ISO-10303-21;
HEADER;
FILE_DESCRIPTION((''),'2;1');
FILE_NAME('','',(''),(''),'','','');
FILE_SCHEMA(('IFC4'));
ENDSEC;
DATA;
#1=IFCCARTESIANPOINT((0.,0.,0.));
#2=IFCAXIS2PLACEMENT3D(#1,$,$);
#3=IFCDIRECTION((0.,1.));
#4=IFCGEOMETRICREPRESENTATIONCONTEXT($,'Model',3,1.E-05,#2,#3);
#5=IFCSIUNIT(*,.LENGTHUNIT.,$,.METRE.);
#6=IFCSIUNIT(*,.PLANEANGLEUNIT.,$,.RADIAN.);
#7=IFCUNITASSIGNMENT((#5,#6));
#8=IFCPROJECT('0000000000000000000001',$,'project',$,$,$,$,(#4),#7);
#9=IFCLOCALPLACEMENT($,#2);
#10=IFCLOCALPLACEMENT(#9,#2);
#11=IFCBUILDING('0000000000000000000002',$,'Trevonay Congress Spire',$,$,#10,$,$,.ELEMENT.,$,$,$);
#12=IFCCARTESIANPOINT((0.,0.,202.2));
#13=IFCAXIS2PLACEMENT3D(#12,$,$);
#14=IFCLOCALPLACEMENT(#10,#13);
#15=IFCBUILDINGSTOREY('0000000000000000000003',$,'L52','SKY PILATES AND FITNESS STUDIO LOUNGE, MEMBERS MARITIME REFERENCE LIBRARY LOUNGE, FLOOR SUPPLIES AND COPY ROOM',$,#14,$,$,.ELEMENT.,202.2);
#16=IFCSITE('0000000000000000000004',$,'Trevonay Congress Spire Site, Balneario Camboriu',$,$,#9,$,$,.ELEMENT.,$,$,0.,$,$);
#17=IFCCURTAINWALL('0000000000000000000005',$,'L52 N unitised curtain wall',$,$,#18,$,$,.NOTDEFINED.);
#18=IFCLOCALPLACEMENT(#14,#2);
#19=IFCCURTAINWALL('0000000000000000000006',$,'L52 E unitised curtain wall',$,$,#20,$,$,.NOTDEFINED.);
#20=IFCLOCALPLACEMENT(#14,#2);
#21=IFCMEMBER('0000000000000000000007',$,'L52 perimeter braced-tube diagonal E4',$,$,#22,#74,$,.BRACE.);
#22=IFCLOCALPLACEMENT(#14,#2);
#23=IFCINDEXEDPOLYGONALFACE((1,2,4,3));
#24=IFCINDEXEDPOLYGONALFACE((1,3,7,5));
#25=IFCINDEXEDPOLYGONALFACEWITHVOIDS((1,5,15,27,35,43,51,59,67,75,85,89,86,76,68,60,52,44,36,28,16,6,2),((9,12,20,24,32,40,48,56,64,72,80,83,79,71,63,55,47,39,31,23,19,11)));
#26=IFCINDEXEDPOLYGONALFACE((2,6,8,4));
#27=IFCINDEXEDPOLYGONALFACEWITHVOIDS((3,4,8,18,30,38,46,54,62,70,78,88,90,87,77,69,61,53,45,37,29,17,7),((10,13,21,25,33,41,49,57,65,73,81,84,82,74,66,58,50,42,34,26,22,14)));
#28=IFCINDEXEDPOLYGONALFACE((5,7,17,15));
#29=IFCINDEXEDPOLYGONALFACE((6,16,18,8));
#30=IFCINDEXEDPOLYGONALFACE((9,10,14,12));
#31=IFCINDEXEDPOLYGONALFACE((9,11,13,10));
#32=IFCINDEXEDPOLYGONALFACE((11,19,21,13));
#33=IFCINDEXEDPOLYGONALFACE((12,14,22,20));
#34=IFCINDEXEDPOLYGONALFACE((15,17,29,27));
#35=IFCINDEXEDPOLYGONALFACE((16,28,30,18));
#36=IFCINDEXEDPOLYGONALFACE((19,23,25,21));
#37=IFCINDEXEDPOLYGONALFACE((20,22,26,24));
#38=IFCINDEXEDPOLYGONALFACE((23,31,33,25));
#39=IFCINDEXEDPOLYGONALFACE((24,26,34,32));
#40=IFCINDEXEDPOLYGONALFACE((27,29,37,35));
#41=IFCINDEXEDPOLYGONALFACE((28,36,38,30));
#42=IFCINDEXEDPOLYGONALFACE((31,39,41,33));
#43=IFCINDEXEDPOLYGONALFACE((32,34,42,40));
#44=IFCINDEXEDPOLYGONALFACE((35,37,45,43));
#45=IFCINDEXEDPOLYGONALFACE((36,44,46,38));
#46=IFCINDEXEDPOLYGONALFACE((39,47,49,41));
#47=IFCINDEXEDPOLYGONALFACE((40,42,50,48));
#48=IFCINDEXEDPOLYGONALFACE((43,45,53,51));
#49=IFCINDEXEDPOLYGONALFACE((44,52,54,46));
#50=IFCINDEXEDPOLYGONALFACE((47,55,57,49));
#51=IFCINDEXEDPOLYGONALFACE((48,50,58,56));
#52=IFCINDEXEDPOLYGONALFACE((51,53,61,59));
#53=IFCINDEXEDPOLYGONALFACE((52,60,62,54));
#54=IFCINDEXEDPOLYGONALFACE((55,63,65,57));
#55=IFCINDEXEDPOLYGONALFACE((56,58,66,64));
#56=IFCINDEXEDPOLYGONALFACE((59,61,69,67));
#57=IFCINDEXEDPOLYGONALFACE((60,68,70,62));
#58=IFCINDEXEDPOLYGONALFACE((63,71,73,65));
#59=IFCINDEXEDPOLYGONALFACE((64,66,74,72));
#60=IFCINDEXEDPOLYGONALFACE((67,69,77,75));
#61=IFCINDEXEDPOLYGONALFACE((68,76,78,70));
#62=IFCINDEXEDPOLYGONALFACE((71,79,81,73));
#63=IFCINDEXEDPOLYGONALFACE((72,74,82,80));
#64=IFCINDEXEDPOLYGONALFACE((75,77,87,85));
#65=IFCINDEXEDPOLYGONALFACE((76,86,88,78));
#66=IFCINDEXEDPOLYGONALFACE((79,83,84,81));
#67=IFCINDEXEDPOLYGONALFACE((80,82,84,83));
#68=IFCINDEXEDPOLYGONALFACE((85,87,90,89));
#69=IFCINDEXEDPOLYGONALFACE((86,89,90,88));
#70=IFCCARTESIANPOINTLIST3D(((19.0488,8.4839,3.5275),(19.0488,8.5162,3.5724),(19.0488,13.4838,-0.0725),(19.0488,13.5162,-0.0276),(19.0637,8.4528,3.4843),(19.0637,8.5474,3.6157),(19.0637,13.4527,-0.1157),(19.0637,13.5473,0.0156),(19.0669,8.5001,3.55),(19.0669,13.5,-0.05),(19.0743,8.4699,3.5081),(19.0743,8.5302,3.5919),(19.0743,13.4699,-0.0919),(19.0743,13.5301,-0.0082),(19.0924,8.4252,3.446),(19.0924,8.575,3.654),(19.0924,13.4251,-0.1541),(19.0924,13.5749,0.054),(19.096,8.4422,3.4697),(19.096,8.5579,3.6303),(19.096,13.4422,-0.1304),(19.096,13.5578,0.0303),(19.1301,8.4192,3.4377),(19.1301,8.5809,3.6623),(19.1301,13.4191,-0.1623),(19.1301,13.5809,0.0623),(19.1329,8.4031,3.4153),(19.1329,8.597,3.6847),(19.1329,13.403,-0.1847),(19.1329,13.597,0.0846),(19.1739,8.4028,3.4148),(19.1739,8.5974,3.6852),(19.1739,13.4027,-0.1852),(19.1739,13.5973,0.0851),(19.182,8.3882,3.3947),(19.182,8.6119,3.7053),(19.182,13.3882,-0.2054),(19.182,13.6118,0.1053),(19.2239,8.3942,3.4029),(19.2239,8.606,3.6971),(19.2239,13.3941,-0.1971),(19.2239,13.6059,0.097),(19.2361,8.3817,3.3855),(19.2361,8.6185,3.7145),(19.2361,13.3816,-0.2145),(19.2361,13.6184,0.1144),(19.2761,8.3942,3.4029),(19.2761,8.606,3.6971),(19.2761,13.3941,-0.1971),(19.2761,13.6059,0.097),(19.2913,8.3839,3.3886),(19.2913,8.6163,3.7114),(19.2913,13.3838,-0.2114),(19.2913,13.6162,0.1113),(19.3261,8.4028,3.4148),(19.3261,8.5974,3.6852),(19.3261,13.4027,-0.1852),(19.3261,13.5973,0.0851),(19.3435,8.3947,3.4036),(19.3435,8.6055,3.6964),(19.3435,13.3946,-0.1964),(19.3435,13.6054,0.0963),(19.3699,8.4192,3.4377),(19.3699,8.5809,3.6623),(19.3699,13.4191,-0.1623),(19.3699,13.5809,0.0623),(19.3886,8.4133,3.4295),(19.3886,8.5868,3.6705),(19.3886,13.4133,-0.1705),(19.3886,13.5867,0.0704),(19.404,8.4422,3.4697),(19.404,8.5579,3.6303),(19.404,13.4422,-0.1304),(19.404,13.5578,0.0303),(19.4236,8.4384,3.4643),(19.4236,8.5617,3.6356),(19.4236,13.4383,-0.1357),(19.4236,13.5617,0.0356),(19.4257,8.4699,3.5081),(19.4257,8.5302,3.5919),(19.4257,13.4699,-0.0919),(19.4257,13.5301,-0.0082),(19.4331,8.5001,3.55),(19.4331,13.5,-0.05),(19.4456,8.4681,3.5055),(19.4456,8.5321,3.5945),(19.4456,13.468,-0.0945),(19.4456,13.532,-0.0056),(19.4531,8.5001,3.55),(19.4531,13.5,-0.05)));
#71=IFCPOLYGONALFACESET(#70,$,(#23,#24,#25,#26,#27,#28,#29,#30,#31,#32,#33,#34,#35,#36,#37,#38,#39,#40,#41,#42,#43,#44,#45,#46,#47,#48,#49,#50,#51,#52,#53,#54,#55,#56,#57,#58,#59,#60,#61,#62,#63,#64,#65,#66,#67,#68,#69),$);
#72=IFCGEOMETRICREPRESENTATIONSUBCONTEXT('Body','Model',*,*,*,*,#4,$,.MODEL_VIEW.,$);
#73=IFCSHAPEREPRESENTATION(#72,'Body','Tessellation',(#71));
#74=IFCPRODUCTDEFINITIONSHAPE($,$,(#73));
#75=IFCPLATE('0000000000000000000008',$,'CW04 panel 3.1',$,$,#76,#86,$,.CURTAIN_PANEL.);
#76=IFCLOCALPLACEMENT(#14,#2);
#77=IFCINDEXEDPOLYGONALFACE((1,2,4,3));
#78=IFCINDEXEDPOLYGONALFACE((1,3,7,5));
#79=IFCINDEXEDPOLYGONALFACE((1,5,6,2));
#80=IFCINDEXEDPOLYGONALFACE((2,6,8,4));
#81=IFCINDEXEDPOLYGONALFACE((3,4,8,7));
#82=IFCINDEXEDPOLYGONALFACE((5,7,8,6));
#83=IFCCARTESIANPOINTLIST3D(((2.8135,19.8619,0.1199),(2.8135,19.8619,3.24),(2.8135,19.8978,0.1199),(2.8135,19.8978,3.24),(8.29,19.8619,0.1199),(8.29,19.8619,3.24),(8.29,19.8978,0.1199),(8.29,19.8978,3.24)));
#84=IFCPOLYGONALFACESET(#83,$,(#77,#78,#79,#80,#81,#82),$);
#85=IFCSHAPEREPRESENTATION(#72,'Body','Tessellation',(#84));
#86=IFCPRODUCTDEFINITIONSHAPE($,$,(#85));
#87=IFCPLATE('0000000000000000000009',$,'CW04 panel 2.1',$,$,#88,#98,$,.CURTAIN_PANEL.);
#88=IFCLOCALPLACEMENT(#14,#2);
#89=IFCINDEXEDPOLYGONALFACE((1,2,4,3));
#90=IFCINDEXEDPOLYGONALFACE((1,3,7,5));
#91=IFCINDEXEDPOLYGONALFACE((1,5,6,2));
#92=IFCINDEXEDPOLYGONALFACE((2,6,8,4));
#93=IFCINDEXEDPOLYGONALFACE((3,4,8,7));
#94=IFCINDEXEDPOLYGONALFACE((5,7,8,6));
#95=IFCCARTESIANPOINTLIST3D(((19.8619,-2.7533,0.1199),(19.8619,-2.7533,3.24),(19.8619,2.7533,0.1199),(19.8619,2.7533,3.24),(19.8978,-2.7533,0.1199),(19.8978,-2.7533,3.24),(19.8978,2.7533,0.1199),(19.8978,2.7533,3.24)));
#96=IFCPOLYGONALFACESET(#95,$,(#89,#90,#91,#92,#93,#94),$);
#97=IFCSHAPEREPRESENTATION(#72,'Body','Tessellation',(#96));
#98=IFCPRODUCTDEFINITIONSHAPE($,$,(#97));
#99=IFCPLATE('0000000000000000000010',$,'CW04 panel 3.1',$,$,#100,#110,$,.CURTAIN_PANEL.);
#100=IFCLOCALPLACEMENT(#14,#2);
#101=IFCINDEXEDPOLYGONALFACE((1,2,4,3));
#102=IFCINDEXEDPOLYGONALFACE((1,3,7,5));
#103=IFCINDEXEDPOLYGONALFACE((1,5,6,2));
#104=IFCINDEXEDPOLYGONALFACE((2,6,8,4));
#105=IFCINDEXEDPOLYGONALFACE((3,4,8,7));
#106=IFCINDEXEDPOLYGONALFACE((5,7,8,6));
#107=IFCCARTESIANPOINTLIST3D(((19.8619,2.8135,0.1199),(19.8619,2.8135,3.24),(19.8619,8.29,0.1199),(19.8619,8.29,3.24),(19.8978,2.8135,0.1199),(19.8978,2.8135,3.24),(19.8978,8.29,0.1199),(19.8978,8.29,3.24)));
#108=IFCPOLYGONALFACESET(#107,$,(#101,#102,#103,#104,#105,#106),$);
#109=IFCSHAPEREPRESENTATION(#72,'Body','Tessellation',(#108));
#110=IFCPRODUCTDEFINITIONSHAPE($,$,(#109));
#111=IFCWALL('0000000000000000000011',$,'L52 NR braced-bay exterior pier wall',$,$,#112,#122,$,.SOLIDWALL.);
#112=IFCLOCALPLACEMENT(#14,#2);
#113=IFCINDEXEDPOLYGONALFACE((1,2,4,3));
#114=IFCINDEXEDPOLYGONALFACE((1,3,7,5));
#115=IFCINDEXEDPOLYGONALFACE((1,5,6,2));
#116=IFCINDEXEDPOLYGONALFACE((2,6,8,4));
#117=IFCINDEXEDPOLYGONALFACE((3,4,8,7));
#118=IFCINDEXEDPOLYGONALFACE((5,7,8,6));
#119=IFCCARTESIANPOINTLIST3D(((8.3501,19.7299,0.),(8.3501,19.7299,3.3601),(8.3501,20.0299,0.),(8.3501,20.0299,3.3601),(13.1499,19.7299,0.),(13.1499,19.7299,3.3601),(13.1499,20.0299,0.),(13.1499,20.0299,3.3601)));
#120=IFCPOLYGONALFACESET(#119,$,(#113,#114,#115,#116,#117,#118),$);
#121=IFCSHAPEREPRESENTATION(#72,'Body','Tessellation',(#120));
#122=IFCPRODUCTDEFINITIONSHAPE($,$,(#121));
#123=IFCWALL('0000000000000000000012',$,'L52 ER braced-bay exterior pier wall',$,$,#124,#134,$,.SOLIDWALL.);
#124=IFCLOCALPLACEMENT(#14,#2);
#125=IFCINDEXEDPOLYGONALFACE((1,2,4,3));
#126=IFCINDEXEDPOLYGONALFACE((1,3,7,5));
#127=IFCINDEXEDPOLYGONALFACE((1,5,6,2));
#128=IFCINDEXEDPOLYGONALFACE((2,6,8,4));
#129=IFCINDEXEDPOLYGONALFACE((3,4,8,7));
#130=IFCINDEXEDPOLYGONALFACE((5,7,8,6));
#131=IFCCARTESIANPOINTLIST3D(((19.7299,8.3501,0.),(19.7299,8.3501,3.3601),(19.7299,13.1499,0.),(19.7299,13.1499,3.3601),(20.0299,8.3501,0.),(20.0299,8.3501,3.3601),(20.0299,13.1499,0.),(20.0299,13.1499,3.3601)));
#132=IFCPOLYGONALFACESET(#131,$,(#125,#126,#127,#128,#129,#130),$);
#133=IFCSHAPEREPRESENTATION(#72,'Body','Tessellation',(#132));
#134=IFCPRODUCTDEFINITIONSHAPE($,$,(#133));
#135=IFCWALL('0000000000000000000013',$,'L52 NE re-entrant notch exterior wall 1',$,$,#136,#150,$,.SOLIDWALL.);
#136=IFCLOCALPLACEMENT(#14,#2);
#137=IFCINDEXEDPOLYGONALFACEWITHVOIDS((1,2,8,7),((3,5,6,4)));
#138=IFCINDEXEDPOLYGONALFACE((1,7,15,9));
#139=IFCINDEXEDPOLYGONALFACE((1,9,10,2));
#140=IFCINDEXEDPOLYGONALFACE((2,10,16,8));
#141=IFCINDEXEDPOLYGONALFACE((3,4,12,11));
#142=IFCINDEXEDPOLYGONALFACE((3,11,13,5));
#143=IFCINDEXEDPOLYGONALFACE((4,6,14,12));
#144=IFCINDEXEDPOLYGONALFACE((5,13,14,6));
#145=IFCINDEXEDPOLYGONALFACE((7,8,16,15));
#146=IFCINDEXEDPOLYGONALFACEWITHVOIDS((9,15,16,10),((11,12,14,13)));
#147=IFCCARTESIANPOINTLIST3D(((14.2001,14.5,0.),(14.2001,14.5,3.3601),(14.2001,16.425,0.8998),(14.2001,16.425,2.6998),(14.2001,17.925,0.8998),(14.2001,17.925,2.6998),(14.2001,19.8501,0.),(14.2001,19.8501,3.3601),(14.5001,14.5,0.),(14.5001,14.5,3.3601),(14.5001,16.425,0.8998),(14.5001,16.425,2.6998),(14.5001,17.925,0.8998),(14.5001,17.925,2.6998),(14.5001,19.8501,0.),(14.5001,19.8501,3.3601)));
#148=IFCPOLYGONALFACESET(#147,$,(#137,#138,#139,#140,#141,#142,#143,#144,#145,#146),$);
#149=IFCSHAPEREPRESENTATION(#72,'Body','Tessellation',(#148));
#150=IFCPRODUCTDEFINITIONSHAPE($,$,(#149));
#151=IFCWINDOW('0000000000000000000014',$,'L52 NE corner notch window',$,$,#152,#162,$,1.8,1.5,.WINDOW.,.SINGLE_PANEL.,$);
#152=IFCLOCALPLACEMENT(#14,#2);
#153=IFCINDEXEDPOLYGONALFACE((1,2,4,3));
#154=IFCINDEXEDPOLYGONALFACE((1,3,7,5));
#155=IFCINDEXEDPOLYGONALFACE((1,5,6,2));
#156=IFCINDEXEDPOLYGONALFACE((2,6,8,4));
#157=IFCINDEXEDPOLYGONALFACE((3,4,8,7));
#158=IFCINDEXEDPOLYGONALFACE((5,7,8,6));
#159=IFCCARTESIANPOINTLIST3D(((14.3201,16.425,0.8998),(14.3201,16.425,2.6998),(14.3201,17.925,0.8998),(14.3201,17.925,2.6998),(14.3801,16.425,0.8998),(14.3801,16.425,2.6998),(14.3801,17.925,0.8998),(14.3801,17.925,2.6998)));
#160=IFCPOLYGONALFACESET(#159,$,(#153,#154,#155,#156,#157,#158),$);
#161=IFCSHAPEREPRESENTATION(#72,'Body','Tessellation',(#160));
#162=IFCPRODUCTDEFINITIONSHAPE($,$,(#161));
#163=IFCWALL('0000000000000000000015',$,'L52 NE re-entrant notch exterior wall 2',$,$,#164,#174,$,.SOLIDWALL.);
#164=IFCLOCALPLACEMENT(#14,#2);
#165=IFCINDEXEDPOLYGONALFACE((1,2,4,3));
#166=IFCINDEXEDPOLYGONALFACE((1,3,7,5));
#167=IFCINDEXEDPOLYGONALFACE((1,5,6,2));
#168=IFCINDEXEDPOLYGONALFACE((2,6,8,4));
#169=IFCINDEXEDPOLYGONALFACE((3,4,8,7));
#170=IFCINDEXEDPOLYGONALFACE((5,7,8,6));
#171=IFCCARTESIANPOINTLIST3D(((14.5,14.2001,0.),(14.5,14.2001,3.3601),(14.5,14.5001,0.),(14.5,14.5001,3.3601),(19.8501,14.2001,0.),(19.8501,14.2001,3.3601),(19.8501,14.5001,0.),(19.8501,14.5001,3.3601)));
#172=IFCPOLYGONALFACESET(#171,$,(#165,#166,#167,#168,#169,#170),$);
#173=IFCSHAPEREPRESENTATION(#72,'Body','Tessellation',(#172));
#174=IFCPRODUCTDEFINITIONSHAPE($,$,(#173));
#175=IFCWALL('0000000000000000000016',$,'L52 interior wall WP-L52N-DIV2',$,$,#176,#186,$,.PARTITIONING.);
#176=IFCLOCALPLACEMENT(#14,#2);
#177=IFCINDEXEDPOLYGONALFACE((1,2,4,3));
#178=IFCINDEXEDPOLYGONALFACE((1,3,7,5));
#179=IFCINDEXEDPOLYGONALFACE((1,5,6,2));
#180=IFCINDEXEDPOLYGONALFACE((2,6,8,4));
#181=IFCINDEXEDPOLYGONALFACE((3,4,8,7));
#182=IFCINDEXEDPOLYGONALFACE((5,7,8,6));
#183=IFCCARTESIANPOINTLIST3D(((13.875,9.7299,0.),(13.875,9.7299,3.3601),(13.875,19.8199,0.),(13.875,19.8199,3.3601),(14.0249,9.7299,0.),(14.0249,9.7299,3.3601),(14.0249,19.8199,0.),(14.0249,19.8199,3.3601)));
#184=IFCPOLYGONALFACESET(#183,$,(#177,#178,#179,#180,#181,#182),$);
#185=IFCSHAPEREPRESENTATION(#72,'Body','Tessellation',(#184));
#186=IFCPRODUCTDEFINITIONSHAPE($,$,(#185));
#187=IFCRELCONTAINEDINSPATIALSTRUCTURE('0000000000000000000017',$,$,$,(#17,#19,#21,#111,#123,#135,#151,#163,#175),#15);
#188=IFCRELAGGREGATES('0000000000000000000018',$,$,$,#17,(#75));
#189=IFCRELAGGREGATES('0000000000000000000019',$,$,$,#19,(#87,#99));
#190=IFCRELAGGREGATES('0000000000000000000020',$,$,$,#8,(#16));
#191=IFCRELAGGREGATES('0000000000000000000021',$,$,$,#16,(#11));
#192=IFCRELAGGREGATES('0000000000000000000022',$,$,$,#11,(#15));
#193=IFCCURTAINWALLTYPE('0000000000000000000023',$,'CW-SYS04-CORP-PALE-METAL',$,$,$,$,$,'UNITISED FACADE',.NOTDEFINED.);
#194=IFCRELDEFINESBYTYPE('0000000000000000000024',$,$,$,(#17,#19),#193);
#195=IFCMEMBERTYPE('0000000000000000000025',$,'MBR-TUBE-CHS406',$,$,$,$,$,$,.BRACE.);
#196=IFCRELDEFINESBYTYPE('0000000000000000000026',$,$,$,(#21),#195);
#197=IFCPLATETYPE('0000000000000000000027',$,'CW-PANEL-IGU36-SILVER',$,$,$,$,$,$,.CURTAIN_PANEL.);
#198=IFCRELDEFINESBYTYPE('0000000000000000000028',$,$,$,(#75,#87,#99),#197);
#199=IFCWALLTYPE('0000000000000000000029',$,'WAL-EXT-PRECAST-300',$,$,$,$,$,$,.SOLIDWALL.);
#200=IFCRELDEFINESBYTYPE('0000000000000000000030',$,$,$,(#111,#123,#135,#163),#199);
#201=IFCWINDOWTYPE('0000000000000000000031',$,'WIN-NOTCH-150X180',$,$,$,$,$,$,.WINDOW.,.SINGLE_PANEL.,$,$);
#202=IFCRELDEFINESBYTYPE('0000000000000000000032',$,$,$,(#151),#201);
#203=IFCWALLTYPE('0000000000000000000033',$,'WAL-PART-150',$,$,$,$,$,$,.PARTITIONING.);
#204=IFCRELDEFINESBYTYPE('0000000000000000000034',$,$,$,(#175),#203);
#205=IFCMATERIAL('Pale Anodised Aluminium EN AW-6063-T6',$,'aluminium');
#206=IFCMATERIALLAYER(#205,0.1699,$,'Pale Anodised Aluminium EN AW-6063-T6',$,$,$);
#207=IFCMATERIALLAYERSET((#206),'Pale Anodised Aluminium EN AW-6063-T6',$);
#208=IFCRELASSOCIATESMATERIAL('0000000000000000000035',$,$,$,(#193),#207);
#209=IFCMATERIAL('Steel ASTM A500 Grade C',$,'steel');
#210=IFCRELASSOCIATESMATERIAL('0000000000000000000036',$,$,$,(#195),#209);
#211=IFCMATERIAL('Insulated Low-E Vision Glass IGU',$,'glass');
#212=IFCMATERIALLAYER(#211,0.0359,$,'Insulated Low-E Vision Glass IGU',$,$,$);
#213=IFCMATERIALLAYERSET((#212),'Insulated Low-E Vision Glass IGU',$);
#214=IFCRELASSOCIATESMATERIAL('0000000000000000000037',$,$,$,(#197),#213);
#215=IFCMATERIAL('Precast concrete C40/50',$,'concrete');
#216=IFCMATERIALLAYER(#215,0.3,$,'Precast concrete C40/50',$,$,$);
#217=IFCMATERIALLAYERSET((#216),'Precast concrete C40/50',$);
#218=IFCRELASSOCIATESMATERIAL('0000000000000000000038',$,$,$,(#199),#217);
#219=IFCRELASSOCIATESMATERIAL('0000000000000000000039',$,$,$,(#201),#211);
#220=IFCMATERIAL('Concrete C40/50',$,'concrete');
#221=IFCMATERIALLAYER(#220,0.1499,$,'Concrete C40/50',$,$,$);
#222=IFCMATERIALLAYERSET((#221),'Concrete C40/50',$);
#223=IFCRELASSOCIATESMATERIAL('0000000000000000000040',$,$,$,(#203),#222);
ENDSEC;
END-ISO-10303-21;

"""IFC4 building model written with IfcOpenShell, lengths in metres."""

from ifc_helpers import new_model, si_unit, direction, frame, frame_2d, origin, origin_2d, place, context, subcontext, project, spatial, rectangle, hollow_circle, extrude, material, layer, layer_set, material_profile, profile_set, type_object, element, fill, aggregate, save


model = new_model("IFC4")

# Units and contexts
model_context = context("Model", 3, precision=1e-05, world=origin(), true_north=direction((0.0, 1.0)))
body_context = subcontext(model_context, "Body", "Model", "MODEL_VIEW")
ifc_project = project(units=[si_unit("LENGTHUNIT", "METRE"), si_unit("PLANEANGLEUNIT", "RADIAN")], contexts=[model_context])

# Site, building, storey
site_placement = place(None, origin())
site = spatial("IfcSite", under=ifc_project, at=site_placement, Name="Trevonay Congress Spire Site, Balneario Camboriu", CompositionType="ELEMENT", RefElevation=0.0)
building_placement = place(site_placement, origin())
building = spatial("IfcBuilding", under=site, at=building_placement, Name="Trevonay Congress Spire", CompositionType="ELEMENT")
storey_placement = place(building_placement, frame((0.0, 0.0, 202.2)))
storey = spatial("IfcBuildingStorey", under=building, at=storey_placement, Name="L52", Description="SKY PILATES AND FITNESS STUDIO LOUNGE, MEMBERS MARITIME REFERENCE LIBRARY LOUNGE, FLOOR SUPPLIES AND COPY ROOM", CompositionType="ELEMENT", Elevation=202.2)

# Curtain wall
ifc_material_1 = material(Name="Pale Anodised Aluminium EN AW-6063-T6", Category="aluminium")
ifc_layer_1 = layer(ifc_material_1, 0.1699, Name="Pale Anodised Aluminium EN AW-6063-T6")
ifc_layer_set_1 = layer_set([ifc_layer_1], Name="Pale Anodised Aluminium EN AW-6063-T6")
curtain_wall_type = type_object("IfcCurtainWallType", Name="CW-SYS04-CORP-PALE-METAL", ElementType="UNITISED FACADE", PredefinedType="NOTDEFINED", material=ifc_layer_set_1)
curtain_wall_1_placement = place(storey_placement, origin())
curtain_wall_1 = element("IfcCurtainWall", 1, at=curtain_wall_1_placement, inside=storey, type_object=curtain_wall_type, Name="L52 N unitised curtain wall", PredefinedType="NOTDEFINED")

# Curtain wall
curtain_wall_2_placement = place(storey_placement, origin())
curtain_wall_2 = element("IfcCurtainWall", 2, at=curtain_wall_2_placement, inside=storey, type_object=curtain_wall_type, Name="L52 E unitised curtain wall", PredefinedType="NOTDEFINED")

# Member
ifc_material_2 = material(Name="Steel ASTM A500 Grade C", Category="steel")
ifc_material_profile_1 = material_profile(ifc_material_2, hollow_circle(Radius=0.2031, WallThickness=0.02, at=origin_2d()), Name="CHS 406.4x20")
ifc_profile_set_1 = profile_set([ifc_material_profile_1], Name="Steel ASTM A500 Grade C")
member_type_1 = type_object("IfcMemberType", Name="MBR-TUBE-CHS406", PredefinedType="BRACE", material=ifc_profile_set_1)
for number, where, z_axis, x_axis, name in (
    (3, (19.25, 13.5, -0.05), (0.0, -0.811527, 0.584315), (1.0, 0.0, 0.0), "L52 perimeter braced-tube diagonal E4"),
):
    element("IfcMember", number, at=place(storey_placement, frame(where, z_axis=z_axis, x_axis=x_axis)), inside=storey, type_object=member_type_1, Name=name, PredefinedType="BRACE", context=body_context, shape_type="SweptSolid", body=[
        extrude(hollow_circle(Radius=0.2031, WallThickness=0.02, at=origin_2d()), origin(), (0.0, 0.0, 1.0), 6.1611),
    ])

# Plates
ifc_material_3 = material(Name="Insulated Low-E Vision Glass IGU", Category="glass")
ifc_layer_2 = layer(ifc_material_3, 0.0359, Name="Insulated Low-E Vision Glass IGU")
ifc_layer_set_2 = layer_set([ifc_layer_2], Name="Insulated Low-E Vision Glass IGU")
plate_type = type_object("IfcPlateType", Name="CW-PANEL-IGU36-SILVER", PredefinedType="CURTAIN_PANEL", material=ifc_layer_set_2)
plate_1_placement = place(storey_placement, frame((5.5518, 19.8799, 0.1199), z_axis=(0.0, 0.0, 1.0), x_axis=(1.0, 0.0, 0.0)))
plate_1 = element("IfcPlate", 4, at=plate_1_placement, type_object=plate_type, Name="CW04 panel 3.1", PredefinedType="CURTAIN_PANEL", context=body_context, shape_type="SweptSolid", body=[
    extrude(rectangle(XDim=5.4766, YDim=0.0359, at=origin_2d()), origin(), (0.0, 0.0, 1.0), 3.1201),
])
aggregate(curtain_wall_1, [plate_1])
plate_2_placement = place(storey_placement, frame((19.8799, 0.0, 0.1199), z_axis=(0.0, 0.0, 1.0), x_axis=(0.0, 1.0, 0.0)))
plate_2 = element("IfcPlate", 5, at=plate_2_placement, type_object=plate_type, Name="CW04 panel 2.1", PredefinedType="CURTAIN_PANEL", context=body_context, shape_type="SweptSolid", body=[
    extrude(rectangle(XDim=5.5066, YDim=0.0359, at=origin_2d()), origin(), (0.0, 0.0, 1.0), 3.1201),
])
plate_3_placement = place(storey_placement, frame((19.8799, 5.5518, 0.1199), z_axis=(0.0, 0.0, 1.0), x_axis=(0.0, 1.0, 0.0)))
plate_3 = element("IfcPlate", 6, at=plate_3_placement, type_object=plate_type, Name="CW04 panel 3.1", PredefinedType="CURTAIN_PANEL", context=body_context, shape_type="SweptSolid", body=[
    extrude(rectangle(XDim=5.4766, YDim=0.0359, at=origin_2d()), origin(), (0.0, 0.0, 1.0), 3.1201),
])
aggregate(curtain_wall_2, [plate_2, plate_3])

# Walls
ifc_material_4 = material(Name="Precast concrete C40/50", Category="concrete")
ifc_layer_3 = layer(ifc_material_4, 0.3, Name="Precast concrete C40/50")
ifc_layer_set_3 = layer_set([ifc_layer_3], Name="Precast concrete C40/50")
wall_type_1 = type_object("IfcWallType", Name="WAL-EXT-PRECAST-300", PredefinedType="SOLIDWALL", material=ifc_layer_set_3)
for number, where, z_axis, x_axis, name in (
    (7, (8.3501, 19.8799, 0.0), (0.0, 0.0, 1.0), (1.0, 0.0, 0.0), "L52 NR braced-bay exterior pier wall"),
    (8, (19.8799, 8.3501, 0.0), (0.0, 0.0, 1.0), (0.0, 1.0, 0.0), "L52 ER braced-bay exterior pier wall"),
):
    element("IfcWall", number, at=place(storey_placement, frame(where, z_axis=z_axis, x_axis=x_axis)), inside=storey, type_object=wall_type_1, Name=name, PredefinedType="SOLIDWALL", context=body_context, shape_type="SweptSolid", body=[
        extrude(rectangle(XDim=4.7998, YDim=0.3, at=frame_2d((2.3999, 0.0))), origin(), (0.0, 0.0, 1.0), 3.3601),
    ])

# Wall, opening, window
wall_1_placement = place(storey_placement, frame((14.3501, 19.8501, 0.0), z_axis=(0.0, 0.0, 1.0), x_axis=(0.0, -1.0, 0.0)))
wall_1 = element("IfcWall", 9, at=wall_1_placement, inside=storey, type_object=wall_type_1, Name="L52 NE re-entrant notch exterior wall 1", PredefinedType="SOLIDWALL", context=body_context, shape_type="SweptSolid", body=[
    extrude(rectangle(XDim=5.3501, YDim=0.3, at=frame_2d((2.675, 0.0))), origin(), (0.0, 0.0, 1.0), 3.3601),
])
opening_placement = place(wall_1_placement, frame((1.925, 0.0, 0.8999)))
opening = element("IfcOpeningElement", 10, at=opening_placement, cuts=wall_1, PredefinedType="OPENING", context=body_context, shape_type="SweptSolid", body=[
    extrude(rectangle(XDim=1.5, YDim=1.8, at=frame_2d((0.75, 0.8999))), frame((0.0, 0.1602, 0.0), z_axis=(0.0, -1.0, 0.0), x_axis=(1.0, 0.0, 0.0)), (0.0, 0.0, 1.0), 0.3201),
])
window_type = type_object("IfcWindowType", Name="WIN-NOTCH-150X180", PartitioningType="SINGLE_PANEL", PredefinedType="WINDOW", material=ifc_material_3)
window_placement = place(opening_placement, origin())
window = element("IfcWindow", 11, at=window_placement, inside=storey, type_object=window_type, Name="L52 NE corner notch window", OverallHeight=1.8, OverallWidth=1.5, PartitioningType="SINGLE_PANEL", PredefinedType="WINDOW", context=body_context, shape_type="SweptSolid", body=[
    extrude(rectangle(XDim=1.5, YDim=1.8, at=frame_2d((0.75, 0.8999))), frame((0.0, 0.03, 0.0), z_axis=(0.0, -1.0, 0.0), x_axis=(1.0, 0.0, 0.0)), (0.0, 0.0, 1.0), 0.0601),
])
fill(opening, window)

# Walls
wall_2_placement = place(storey_placement, frame((19.8501, 14.3501, 0.0), z_axis=(0.0, 0.0, 1.0), x_axis=(-1.0, 0.0, 0.0)))
element("IfcWall", 12, at=wall_2_placement, inside=storey, type_object=wall_type_1, Name="L52 NE re-entrant notch exterior wall 2", PredefinedType="SOLIDWALL", context=body_context, shape_type="SweptSolid", body=[
    extrude(rectangle(XDim=5.3501, YDim=0.3, at=frame_2d((2.675, 0.0))), origin(), (0.0, 0.0, 1.0), 3.3601),
])
ifc_material_5 = material(Name="Concrete C40/50", Category="concrete")
ifc_layer_4 = layer(ifc_material_5, 0.1499, Name="Concrete C40/50")
ifc_layer_set_4 = layer_set([ifc_layer_4], Name="Concrete C40/50")
wall_type_2 = type_object("IfcWallType", Name="WAL-PART-150", PredefinedType="PARTITIONING", material=ifc_layer_set_4)
wall_3_placement = place(storey_placement, frame((13.95, 9.73, 0.0), z_axis=(0.0, 0.0, 1.0), x_axis=(0.0, 1.0, 0.0)))
element("IfcWall", 13, at=wall_3_placement, inside=storey, type_object=wall_type_2, Name="L52 interior wall WP-L52N-DIV2", PredefinedType="PARTITIONING", context=body_context, shape_type="SweptSolid", body=[
    extrude(rectangle(XDim=10.0901, YDim=0.1499, at=frame_2d((5.0449, 0.0))), origin(), (0.0, 0.0, 1.0), 3.3601),
])

save(model, "model.ifc")
